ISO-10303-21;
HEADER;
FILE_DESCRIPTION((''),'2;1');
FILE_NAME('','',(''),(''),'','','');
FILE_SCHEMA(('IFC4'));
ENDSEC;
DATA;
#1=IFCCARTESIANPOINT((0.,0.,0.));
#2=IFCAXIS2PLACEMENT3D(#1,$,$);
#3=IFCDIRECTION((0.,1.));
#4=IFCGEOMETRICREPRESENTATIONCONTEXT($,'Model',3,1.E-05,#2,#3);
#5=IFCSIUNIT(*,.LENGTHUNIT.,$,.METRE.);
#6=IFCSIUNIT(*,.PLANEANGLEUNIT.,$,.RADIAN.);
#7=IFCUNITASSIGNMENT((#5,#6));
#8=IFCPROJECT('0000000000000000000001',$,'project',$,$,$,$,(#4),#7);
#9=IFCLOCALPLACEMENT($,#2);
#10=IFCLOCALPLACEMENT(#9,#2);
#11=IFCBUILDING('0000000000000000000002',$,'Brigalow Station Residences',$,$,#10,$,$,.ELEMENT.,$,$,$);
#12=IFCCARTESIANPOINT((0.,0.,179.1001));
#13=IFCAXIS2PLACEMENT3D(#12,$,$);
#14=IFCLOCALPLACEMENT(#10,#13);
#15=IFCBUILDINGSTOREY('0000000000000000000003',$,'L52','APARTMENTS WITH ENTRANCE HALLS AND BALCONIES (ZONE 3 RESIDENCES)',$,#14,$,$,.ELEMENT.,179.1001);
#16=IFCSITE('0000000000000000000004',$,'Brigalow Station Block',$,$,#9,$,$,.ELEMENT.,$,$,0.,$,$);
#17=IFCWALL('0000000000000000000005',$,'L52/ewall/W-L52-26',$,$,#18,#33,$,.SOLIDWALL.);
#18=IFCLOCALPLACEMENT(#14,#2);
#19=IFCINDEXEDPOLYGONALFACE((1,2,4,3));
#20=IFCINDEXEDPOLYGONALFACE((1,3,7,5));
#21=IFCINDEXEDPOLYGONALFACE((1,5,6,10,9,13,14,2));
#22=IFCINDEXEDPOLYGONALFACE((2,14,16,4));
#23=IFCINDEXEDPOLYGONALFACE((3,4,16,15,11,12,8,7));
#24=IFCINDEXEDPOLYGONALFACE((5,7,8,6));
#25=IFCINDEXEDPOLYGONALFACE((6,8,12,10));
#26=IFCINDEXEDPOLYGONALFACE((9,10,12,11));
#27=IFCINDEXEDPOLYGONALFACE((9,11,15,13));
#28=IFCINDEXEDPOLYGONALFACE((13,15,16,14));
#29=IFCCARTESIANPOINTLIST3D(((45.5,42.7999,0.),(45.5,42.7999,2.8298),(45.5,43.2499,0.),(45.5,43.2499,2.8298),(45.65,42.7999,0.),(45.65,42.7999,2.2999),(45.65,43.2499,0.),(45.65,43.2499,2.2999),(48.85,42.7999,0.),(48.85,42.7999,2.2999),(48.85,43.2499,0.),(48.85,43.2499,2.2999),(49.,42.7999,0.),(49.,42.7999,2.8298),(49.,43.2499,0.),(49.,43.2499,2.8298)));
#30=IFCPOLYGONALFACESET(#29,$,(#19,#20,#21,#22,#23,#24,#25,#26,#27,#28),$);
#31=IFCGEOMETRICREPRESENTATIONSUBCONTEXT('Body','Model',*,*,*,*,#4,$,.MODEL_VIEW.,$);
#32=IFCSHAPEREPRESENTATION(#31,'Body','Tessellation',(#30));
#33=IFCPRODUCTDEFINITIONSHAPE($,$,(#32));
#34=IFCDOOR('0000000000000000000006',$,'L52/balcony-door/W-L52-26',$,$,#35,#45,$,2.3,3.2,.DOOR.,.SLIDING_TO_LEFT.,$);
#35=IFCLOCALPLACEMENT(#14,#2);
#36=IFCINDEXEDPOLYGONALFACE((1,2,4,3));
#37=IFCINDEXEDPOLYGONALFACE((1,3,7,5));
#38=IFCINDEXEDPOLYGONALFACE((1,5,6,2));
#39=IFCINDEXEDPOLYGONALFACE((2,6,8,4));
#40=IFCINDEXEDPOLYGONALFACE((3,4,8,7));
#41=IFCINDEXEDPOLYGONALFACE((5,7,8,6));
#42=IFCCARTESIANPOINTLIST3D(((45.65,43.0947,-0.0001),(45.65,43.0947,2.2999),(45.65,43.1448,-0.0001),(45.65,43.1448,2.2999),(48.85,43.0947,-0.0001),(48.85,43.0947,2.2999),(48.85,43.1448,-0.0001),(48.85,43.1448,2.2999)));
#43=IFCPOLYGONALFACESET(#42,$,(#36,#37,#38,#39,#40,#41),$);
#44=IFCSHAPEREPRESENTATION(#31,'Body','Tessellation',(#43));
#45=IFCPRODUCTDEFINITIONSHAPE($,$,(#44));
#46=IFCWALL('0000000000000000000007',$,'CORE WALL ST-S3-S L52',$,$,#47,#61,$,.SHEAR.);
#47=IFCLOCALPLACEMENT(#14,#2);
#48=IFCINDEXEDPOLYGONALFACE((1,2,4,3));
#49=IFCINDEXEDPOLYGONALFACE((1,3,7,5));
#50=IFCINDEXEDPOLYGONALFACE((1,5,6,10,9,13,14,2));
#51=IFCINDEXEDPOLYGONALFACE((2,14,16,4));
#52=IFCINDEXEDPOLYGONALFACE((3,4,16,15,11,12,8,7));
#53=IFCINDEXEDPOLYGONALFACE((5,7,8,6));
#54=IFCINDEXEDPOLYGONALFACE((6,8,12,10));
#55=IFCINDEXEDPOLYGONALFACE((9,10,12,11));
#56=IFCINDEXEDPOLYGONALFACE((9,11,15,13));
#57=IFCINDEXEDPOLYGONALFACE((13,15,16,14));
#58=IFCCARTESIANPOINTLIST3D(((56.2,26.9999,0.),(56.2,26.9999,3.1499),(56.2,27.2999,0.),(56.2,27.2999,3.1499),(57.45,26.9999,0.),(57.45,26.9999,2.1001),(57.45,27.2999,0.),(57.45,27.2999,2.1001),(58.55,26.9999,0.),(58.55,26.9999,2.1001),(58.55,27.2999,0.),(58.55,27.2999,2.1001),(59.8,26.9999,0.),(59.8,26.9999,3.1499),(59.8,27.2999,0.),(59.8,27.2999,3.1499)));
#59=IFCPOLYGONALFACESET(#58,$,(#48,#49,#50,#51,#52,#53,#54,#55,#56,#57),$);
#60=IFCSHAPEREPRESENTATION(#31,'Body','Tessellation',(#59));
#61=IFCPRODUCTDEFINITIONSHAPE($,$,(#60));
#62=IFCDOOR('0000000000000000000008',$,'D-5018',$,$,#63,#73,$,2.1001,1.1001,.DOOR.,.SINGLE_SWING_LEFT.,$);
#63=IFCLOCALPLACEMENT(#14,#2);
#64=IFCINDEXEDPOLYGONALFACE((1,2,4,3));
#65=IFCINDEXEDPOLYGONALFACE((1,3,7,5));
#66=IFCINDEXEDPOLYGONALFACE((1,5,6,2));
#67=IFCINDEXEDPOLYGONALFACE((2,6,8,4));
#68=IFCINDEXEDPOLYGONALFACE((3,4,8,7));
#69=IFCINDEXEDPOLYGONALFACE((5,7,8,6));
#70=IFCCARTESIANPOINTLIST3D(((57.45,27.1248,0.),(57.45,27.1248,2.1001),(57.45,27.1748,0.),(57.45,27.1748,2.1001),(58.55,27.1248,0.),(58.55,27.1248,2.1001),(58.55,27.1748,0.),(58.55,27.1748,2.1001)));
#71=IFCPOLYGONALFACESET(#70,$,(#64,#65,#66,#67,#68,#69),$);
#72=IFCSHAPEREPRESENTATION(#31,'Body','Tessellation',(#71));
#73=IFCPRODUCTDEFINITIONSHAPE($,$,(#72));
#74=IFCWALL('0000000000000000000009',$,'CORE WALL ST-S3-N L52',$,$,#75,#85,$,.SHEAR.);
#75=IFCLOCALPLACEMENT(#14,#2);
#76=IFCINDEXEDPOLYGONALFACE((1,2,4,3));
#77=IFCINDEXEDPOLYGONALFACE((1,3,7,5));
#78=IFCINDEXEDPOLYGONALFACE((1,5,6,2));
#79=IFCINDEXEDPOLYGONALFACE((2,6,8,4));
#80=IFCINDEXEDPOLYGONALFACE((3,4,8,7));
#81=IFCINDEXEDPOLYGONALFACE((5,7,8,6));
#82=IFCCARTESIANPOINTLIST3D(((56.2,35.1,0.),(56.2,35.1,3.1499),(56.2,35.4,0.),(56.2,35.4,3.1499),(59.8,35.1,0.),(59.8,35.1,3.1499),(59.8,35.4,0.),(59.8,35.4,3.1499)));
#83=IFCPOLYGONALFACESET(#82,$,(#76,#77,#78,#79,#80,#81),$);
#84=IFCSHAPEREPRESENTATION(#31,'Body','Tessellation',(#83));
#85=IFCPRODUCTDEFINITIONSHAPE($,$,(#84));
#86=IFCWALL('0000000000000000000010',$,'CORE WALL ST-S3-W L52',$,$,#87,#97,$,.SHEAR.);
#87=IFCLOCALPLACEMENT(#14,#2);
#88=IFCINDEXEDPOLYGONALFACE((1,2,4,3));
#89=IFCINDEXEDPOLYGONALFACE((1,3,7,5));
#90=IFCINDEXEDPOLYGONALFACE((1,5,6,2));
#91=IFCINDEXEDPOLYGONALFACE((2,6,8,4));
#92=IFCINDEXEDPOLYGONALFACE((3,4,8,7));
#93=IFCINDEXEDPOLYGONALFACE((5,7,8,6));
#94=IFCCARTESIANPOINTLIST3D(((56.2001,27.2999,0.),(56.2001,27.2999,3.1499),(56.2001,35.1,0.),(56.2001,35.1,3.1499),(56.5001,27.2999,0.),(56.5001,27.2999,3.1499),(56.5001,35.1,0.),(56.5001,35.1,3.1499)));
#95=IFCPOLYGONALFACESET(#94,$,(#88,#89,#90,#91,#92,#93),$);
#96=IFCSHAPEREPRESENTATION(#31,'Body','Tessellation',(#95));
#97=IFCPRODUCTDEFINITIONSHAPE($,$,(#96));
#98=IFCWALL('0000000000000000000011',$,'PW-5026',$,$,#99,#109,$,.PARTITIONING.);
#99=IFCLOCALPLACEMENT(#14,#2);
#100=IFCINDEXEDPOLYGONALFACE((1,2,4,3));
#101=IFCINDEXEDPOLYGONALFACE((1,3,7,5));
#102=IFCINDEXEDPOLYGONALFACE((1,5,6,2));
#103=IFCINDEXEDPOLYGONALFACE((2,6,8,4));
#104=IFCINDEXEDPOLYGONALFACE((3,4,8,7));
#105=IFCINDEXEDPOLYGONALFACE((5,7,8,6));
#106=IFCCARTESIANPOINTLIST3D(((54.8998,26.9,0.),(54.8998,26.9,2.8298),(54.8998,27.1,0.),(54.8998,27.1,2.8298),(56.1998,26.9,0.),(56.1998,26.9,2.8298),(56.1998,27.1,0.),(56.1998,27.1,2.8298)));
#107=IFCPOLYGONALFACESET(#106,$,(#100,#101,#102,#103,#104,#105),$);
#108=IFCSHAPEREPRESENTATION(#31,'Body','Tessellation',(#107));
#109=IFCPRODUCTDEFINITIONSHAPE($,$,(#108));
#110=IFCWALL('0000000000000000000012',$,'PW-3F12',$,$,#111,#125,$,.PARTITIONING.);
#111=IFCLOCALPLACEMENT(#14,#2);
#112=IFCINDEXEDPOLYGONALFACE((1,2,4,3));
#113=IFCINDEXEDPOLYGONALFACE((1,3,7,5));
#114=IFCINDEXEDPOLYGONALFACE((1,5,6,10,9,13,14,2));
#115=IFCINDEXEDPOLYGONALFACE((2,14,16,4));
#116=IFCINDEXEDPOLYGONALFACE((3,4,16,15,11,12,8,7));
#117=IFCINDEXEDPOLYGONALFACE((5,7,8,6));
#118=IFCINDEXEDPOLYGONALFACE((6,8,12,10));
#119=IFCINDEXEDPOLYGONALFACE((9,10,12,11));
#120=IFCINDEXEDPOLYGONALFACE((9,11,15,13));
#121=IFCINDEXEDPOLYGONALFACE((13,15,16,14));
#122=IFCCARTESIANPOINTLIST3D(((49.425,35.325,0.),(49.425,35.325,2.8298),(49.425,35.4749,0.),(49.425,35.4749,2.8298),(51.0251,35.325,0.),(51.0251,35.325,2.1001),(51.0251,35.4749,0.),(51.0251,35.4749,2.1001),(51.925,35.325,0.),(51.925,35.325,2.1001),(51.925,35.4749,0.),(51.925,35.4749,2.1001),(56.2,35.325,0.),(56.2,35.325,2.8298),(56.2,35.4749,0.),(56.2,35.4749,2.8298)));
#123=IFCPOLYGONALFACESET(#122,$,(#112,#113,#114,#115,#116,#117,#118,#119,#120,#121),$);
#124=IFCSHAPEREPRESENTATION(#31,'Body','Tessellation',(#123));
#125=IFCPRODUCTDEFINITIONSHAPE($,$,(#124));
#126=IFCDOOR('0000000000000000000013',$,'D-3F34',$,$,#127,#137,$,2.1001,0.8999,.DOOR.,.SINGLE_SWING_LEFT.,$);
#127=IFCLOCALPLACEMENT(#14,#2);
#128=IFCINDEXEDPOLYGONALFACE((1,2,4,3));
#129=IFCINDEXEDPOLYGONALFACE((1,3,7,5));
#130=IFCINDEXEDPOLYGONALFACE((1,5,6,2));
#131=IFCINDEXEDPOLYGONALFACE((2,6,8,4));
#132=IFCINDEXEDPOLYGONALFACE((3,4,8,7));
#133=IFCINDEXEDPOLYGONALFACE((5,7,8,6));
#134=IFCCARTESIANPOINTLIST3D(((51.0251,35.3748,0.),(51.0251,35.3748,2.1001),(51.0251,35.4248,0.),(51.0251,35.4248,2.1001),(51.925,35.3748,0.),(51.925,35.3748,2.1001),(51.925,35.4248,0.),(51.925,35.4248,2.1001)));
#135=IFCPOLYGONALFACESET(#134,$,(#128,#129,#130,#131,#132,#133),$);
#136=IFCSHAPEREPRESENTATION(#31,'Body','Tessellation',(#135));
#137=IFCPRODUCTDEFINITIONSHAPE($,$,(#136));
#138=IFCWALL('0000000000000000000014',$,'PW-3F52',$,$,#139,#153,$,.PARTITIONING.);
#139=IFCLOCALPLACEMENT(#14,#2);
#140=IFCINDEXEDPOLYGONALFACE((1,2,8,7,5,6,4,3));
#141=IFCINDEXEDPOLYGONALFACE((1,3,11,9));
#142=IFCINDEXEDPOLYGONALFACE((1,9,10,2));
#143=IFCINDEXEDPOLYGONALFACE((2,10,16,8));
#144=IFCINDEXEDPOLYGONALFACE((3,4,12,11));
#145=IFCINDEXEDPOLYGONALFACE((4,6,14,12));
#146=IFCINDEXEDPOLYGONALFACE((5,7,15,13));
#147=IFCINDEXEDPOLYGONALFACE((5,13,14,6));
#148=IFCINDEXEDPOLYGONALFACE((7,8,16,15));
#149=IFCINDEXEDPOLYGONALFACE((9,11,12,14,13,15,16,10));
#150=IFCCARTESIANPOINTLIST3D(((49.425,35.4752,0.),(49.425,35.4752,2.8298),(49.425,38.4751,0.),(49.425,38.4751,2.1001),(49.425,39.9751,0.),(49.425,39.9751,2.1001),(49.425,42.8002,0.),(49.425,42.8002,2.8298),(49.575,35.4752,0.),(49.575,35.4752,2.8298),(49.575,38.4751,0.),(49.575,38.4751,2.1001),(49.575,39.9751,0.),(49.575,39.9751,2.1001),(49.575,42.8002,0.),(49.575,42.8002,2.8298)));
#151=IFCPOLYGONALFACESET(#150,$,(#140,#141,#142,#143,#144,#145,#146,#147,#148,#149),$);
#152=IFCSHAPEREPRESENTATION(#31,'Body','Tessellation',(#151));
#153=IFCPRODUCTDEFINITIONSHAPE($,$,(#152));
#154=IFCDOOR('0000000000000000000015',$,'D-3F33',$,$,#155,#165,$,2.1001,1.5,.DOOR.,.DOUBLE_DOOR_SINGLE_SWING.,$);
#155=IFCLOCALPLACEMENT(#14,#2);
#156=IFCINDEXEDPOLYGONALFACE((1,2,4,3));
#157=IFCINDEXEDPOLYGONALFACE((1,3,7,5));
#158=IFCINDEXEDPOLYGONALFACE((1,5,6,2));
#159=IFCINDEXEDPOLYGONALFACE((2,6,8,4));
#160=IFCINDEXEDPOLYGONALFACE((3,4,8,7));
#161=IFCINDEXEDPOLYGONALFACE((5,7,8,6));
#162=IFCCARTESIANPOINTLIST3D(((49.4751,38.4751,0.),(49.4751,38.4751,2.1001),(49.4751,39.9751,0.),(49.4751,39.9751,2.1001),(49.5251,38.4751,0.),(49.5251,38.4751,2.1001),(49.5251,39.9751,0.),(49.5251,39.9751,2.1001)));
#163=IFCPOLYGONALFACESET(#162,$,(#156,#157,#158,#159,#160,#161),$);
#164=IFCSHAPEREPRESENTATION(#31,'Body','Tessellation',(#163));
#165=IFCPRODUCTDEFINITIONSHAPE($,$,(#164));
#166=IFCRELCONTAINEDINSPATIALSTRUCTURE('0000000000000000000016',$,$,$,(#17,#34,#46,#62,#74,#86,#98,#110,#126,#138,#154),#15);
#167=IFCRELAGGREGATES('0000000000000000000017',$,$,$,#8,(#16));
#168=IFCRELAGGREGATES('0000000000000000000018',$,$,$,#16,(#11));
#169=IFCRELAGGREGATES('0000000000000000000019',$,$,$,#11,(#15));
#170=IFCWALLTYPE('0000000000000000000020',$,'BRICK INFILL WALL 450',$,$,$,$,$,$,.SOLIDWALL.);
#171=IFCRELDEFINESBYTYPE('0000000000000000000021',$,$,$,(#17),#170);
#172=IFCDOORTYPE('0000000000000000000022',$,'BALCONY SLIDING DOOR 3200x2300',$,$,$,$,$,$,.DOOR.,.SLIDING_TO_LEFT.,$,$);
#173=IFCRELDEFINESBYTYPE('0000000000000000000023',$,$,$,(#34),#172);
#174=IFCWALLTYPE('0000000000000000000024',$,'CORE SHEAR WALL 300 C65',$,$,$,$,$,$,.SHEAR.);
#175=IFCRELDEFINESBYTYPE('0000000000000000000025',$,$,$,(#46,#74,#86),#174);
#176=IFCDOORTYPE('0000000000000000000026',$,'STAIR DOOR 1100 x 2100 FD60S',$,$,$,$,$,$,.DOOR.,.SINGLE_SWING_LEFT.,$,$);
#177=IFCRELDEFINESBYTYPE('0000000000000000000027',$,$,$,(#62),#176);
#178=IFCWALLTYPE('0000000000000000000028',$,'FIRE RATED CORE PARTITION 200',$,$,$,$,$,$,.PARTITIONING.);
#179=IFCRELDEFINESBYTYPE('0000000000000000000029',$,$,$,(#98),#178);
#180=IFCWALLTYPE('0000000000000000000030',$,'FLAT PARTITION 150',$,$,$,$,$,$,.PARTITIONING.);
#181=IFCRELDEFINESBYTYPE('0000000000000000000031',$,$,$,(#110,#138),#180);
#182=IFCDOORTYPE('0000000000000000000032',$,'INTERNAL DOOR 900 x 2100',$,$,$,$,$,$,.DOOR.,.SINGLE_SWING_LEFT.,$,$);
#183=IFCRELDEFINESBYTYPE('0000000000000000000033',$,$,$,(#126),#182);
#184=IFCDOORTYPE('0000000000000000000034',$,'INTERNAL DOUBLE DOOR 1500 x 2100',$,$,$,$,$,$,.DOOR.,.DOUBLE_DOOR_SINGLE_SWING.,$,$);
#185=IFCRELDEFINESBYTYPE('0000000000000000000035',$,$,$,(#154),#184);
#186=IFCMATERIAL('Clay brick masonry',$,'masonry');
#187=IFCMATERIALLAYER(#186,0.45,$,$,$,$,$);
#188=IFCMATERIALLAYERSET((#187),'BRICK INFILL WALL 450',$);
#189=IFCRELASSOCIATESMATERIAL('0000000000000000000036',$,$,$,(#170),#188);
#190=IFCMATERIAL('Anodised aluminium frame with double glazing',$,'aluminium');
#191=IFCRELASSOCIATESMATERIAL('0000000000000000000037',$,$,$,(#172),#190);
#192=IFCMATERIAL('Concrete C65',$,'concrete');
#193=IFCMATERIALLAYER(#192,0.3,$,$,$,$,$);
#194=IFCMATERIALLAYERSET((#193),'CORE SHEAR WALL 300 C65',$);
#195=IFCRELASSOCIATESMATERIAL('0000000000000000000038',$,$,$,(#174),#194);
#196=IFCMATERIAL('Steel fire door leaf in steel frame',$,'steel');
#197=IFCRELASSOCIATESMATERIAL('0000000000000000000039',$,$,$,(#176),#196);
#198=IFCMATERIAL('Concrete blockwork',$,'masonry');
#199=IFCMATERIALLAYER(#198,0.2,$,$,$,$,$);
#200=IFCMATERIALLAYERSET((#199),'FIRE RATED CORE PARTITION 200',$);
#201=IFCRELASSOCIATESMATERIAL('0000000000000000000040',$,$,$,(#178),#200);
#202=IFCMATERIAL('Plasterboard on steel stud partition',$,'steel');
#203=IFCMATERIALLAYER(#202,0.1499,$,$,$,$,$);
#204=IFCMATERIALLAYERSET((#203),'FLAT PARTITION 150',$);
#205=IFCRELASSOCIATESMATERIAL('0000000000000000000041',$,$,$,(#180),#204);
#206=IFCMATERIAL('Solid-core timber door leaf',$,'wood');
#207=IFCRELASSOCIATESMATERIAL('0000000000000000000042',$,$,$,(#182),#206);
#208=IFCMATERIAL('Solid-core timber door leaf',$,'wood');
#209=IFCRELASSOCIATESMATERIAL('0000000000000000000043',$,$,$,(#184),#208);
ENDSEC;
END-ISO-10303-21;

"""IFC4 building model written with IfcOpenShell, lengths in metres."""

from ifc_helpers import new_model, si_unit, direction, frame, frame_2d, origin, place, context, subcontext, project, spatial, rectangle, extrude, material, layer, layer_set, type_object, element, fill, save


model = new_model("IFC4")

# Units and contexts
model_context = context("Model", 3, precision=1e-05, world=origin(), true_north=direction((0.0, 1.0)))
body_context = subcontext(model_context, "Body", "Model", "MODEL_VIEW")
ifc_project = project(units=[si_unit("LENGTHUNIT", "METRE"), si_unit("PLANEANGLEUNIT", "RADIAN")], contexts=[model_context])

# Site, building, storey
site_placement = place(None, origin())
site = spatial("IfcSite", under=ifc_project, at=site_placement, Name="Brigalow Station Block", CompositionType="ELEMENT", RefElevation=0.0)
building_placement = place(site_placement, origin())
building = spatial("IfcBuilding", under=site, at=building_placement, Name="Brigalow Station Residences", CompositionType="ELEMENT")
storey_placement = place(building_placement, frame((0.0, 0.0, 179.1001)))
storey = spatial("IfcBuildingStorey", under=building, at=storey_placement, Name="L52", Description="APARTMENTS WITH ENTRANCE HALLS AND BALCONIES (ZONE 3 RESIDENCES)", CompositionType="ELEMENT", Elevation=179.1001)

# Walls, openings, doors
ifc_material_1 = material(Name="Clay brick masonry", Category="masonry")
ifc_layer_1 = layer(ifc_material_1, 0.45)
ifc_layer_set_1 = layer_set([ifc_layer_1], Name="BRICK INFILL WALL 450")
wall_type_1 = type_object("IfcWallType", Name="BRICK INFILL WALL 450", PredefinedType="SOLIDWALL", material=ifc_layer_set_1)
ifc_material_2 = material(Name="Anodised aluminium frame with double glazing", Category="aluminium")
door_type_1 = type_object("IfcDoorType", Name="BALCONY SLIDING DOOR 3200x2300", OperationType="SLIDING_TO_LEFT", PredefinedType="DOOR", material=ifc_material_2)
wall_1_placement = place(storey_placement, frame((49.0, 43.0249, 0.0), z_axis=(0.0, 0.0, 1.0), x_axis=(-1.0, 0.0, 0.0)))
wall_1 = element("IfcWall", 1, at=wall_1_placement, inside=storey, type_object=wall_type_1, Name="L52/ewall/W-L52-26", PredefinedType="SOLIDWALL", context=body_context, shape_type="SweptSolid", body=[
    extrude(rectangle(XDim=3.5, YDim=0.45, at=frame_2d((1.75, 0.0))), origin(), (0.0, 0.0, 1.0), 2.8298),
])
opening_1_placement = place(wall_1_placement, frame((0.1499, 0.0, 0.0)))
opening_1 = element("IfcOpeningElement", 2, at=opening_1_placement, cuts=wall_1, PredefinedType="OPENING", context=body_context, shape_type="SweptSolid", body=[
    extrude(rectangle(XDim=3.2, YDim=2.3, at=frame_2d((1.6001, 1.1499))), frame((0.0, 0.2349, 0.0), z_axis=(0.0, -1.0, 0.0), x_axis=(1.0, 0.0, 0.0)), (0.0, 0.0, 1.0), 0.47),
])
door_1_placement = place(opening_1_placement, origin())
door_1 = element("IfcDoor", 3, at=door_1_placement, inside=storey, type_object=door_type_1, Name="L52/balcony-door/W-L52-26", OperationType="SLIDING_TO_LEFT", OverallHeight=2.3, OverallWidth=3.2, PredefinedType="DOOR", context=body_context, shape_type="SweptSolid", body=[
    extrude(rectangle(XDim=3.2, YDim=2.3, at=frame_2d((1.6001, 1.1499))), frame((0.0, -0.0698, 0.0), z_axis=(0.0, -1.0, 0.0), x_axis=(1.0, 0.0, 0.0)), (0.0, 0.0, 1.0), 0.05),
])
fill(opening_1, door_1)
ifc_material_3 = material(Name="Concrete C65", Category="concrete")
ifc_layer_2 = layer(ifc_material_3, 0.3)
ifc_layer_set_2 = layer_set([ifc_layer_2], Name="CORE SHEAR WALL 300 C65")
wall_type_2 = type_object("IfcWallType", Name="CORE SHEAR WALL 300 C65", PredefinedType="SHEAR", material=ifc_layer_set_2)
wall_2_placement = place(storey_placement, frame((56.2, 27.1499, 0.0), z_axis=(0.0, 0.0, 1.0), x_axis=(1.0, 0.0, 0.0)))
wall_2 = element("IfcWall", 4, at=wall_2_placement, inside=storey, type_object=wall_type_2, Name="CORE WALL ST-S3-S L52", PredefinedType="SHEAR", context=body_context, shape_type="SweptSolid", body=[
    extrude(rectangle(XDim=3.6001, YDim=0.3, at=frame_2d((1.8, 0.0))), origin(), (0.0, 0.0, 1.0), 3.1499),
])
opening_2_placement = place(wall_2_placement, frame((1.25, 0.0, 0.0)))
opening_2 = element("IfcOpeningElement", 5, at=opening_2_placement, cuts=wall_2, PredefinedType="OPENING", context=body_context, shape_type="SweptSolid", body=[
    extrude(rectangle(XDim=1.1001, YDim=2.1001, at=frame_2d((0.55, 1.05))), frame((0.0, 0.1602, 0.0), z_axis=(0.0, -1.0, 0.0), x_axis=(1.0, 0.0, 0.0)), (0.0, 0.0, 1.0), 0.3201),
])
ifc_material_4 = material(Name="Steel fire door leaf in steel frame", Category="steel")
door_type_2 = type_object("IfcDoorType", Name="STAIR DOOR 1100 x 2100 FD60S", OperationType="SINGLE_SWING_LEFT", PredefinedType="DOOR", material=ifc_material_4)
door_2_placement = place(opening_2_placement, origin())
door_2 = element("IfcDoor", 6, at=door_2_placement, inside=storey, type_object=door_type_2, Name="D-5018", OperationType="SINGLE_SWING_LEFT", OverallHeight=2.1001, OverallWidth=1.1001, PredefinedType="DOOR", context=body_context, shape_type="SweptSolid", body=[
    extrude(rectangle(XDim=1.1001, YDim=2.1001, at=frame_2d((0.55, 1.05))), frame((0.0, 0.0249, 0.0), z_axis=(0.0, -1.0, 0.0), x_axis=(1.0, 0.0, 0.0)), (0.0, 0.0, 1.0), 0.05),
])
fill(opening_2, door_2)

# Walls
wall_3_placement = place(storey_placement, frame((56.2, 35.25, 0.0), z_axis=(0.0, 0.0, 1.0), x_axis=(1.0, 0.0, 0.0)))
element("IfcWall", 7, at=wall_3_placement, inside=storey, type_object=wall_type_2, Name="CORE WALL ST-S3-N L52", PredefinedType="SHEAR", context=body_context, shape_type="SweptSolid", body=[
    extrude(rectangle(XDim=3.6001, YDim=0.3, at=frame_2d((1.8, 0.0))), origin(), (0.0, 0.0, 1.0), 3.1499),
])
wall_4_placement = place(storey_placement, frame((56.3501, 27.3, 0.0), z_axis=(0.0, 0.0, 1.0), x_axis=(0.0, 1.0, 0.0)))
element("IfcWall", 8, at=wall_4_placement, inside=storey, type_object=wall_type_2, Name="CORE WALL ST-S3-W L52", PredefinedType="SHEAR", context=body_context, shape_type="SweptSolid", body=[
    extrude(rectangle(XDim=7.8, YDim=0.3, at=frame_2d((3.8999, 0.0))), origin(), (0.0, 0.0, 1.0), 3.1499),
])
ifc_material_5 = material(Name="Concrete blockwork", Category="masonry")
ifc_layer_3 = layer(ifc_material_5, 0.2)
ifc_layer_set_3 = layer_set([ifc_layer_3], Name="FIRE RATED CORE PARTITION 200")
wall_type_3 = type_object("IfcWallType", Name="FIRE RATED CORE PARTITION 200", PredefinedType="PARTITIONING", material=ifc_layer_set_3)
wall_5_placement = place(storey_placement, frame((54.8999, 27.0, 0.0), z_axis=(0.0, 0.0, 1.0), x_axis=(1.0, 0.0, 0.0)))
element("IfcWall", 9, at=wall_5_placement, inside=storey, type_object=wall_type_3, Name="PW-5026", PredefinedType="PARTITIONING", context=body_context, shape_type="SweptSolid", body=[
    extrude(rectangle(XDim=1.3, YDim=0.2, at=frame_2d((0.6499, 0.0))), origin(), (0.0, 0.0, 1.0), 2.8298),
])

# Walls, openings, doors
ifc_material_6 = material(Name="Plasterboard on steel stud partition", Category="steel")
ifc_layer_4 = layer(ifc_material_6, 0.1499)
ifc_layer_set_4 = layer_set([ifc_layer_4], Name="FLAT PARTITION 150")
wall_type_4 = type_object("IfcWallType", Name="FLAT PARTITION 150", PredefinedType="PARTITIONING", material=ifc_layer_set_4)
wall_6_placement = place(storey_placement, frame((49.425, 35.3999, 0.0), z_axis=(0.0, 0.0, 1.0), x_axis=(1.0, 0.0, 0.0)))
wall_6 = element("IfcWall", 10, at=wall_6_placement, inside=storey, type_object=wall_type_4, Name="PW-3F12", PredefinedType="PARTITIONING", context=body_context, shape_type="SweptSolid", body=[
    extrude(rectangle(XDim=6.7749, YDim=0.1499, at=frame_2d((3.3875, 0.0))), origin(), (0.0, 0.0, 1.0), 2.8298),
])
opening_3_placement = place(wall_6_placement, frame((1.6001, 0.0, 0.0)))
opening_3 = element("IfcOpeningElement", 11, at=opening_3_placement, cuts=wall_6, PredefinedType="OPENING", context=body_context, shape_type="SweptSolid", body=[
    extrude(rectangle(XDim=0.8999, YDim=2.1001, at=frame_2d((0.45, 1.05))), frame((0.0, 0.085, 0.0), z_axis=(0.0, -1.0, 0.0), x_axis=(1.0, 0.0, 0.0)), (0.0, 0.0, 1.0), 0.1699),
])
ifc_material_7 = material(Name="Solid-core timber door leaf", Category="wood")
door_type_3 = type_object("IfcDoorType", Name="INTERNAL DOOR 900 x 2100", OperationType="SINGLE_SWING_LEFT", PredefinedType="DOOR", material=ifc_material_7)
door_3_placement = place(opening_3_placement, origin())
door_3 = element("IfcDoor", 12, at=door_3_placement, inside=storey, type_object=door_type_3, Name="D-3F34", OperationType="SINGLE_SWING_LEFT", OverallHeight=2.1001, OverallWidth=0.8999, PredefinedType="DOOR", context=body_context, shape_type="SweptSolid", body=[
    extrude(rectangle(XDim=0.8999, YDim=2.1001, at=frame_2d((0.45, 1.05))), frame((0.0, 0.0249, 0.0), z_axis=(0.0, -1.0, 0.0), x_axis=(1.0, 0.0, 0.0)), (0.0, 0.0, 1.0), 0.05),
])
fill(opening_3, door_3)
wall_7_placement = place(storey_placement, frame((49.5, 35.4751, 0.0), z_axis=(0.0, 0.0, 1.0), x_axis=(0.0, 1.0, 0.0)))
wall_7 = element("IfcWall", 13, at=wall_7_placement, inside=storey, type_object=wall_type_4, Name="PW-3F52", PredefinedType="PARTITIONING", context=body_context, shape_type="SweptSolid", body=[
    extrude(rectangle(XDim=7.325, YDim=0.1499, at=frame_2d((3.6626, 0.0))), origin(), (0.0, 0.0, 1.0), 2.8298),
])
opening_4_placement = place(wall_7_placement, frame((3.0, 0.0, 0.0)))
opening_4 = element("IfcOpeningElement", 14, at=opening_4_placement, cuts=wall_7, PredefinedType="OPENING", context=body_context, shape_type="SweptSolid", body=[
    extrude(rectangle(XDim=1.5, YDim=2.1001, at=frame_2d((0.75, 1.05))), frame((0.0, 0.085, 0.0), z_axis=(0.0, -1.0, 0.0), x_axis=(1.0, 0.0, 0.0)), (0.0, 0.0, 1.0), 0.1699),
])
ifc_material_8 = material(Name="Solid-core timber door leaf", Category="wood")
door_type_4 = type_object("IfcDoorType", Name="INTERNAL DOUBLE DOOR 1500 x 2100", OperationType="DOUBLE_DOOR_SINGLE_SWING", PredefinedType="DOOR", material=ifc_material_8)
door_4_placement = place(opening_4_placement, origin())
door_4 = element("IfcDoor", 15, at=door_4_placement, inside=storey, type_object=door_type_4, Name="D-3F33", OperationType="DOUBLE_DOOR_SINGLE_SWING", OverallHeight=2.1001, OverallWidth=1.5, PredefinedType="DOOR", context=body_context, shape_type="SweptSolid", body=[
    extrude(rectangle(XDim=1.5, YDim=2.1001, at=frame_2d((0.75, 1.05))), frame((0.0, 0.0249, 0.0), z_axis=(0.0, -1.0, 0.0), x_axis=(1.0, 0.0, 0.0)), (0.0, 0.0, 1.0), 0.05),
])
fill(opening_4, door_4)

save(model, "model.ifc")
